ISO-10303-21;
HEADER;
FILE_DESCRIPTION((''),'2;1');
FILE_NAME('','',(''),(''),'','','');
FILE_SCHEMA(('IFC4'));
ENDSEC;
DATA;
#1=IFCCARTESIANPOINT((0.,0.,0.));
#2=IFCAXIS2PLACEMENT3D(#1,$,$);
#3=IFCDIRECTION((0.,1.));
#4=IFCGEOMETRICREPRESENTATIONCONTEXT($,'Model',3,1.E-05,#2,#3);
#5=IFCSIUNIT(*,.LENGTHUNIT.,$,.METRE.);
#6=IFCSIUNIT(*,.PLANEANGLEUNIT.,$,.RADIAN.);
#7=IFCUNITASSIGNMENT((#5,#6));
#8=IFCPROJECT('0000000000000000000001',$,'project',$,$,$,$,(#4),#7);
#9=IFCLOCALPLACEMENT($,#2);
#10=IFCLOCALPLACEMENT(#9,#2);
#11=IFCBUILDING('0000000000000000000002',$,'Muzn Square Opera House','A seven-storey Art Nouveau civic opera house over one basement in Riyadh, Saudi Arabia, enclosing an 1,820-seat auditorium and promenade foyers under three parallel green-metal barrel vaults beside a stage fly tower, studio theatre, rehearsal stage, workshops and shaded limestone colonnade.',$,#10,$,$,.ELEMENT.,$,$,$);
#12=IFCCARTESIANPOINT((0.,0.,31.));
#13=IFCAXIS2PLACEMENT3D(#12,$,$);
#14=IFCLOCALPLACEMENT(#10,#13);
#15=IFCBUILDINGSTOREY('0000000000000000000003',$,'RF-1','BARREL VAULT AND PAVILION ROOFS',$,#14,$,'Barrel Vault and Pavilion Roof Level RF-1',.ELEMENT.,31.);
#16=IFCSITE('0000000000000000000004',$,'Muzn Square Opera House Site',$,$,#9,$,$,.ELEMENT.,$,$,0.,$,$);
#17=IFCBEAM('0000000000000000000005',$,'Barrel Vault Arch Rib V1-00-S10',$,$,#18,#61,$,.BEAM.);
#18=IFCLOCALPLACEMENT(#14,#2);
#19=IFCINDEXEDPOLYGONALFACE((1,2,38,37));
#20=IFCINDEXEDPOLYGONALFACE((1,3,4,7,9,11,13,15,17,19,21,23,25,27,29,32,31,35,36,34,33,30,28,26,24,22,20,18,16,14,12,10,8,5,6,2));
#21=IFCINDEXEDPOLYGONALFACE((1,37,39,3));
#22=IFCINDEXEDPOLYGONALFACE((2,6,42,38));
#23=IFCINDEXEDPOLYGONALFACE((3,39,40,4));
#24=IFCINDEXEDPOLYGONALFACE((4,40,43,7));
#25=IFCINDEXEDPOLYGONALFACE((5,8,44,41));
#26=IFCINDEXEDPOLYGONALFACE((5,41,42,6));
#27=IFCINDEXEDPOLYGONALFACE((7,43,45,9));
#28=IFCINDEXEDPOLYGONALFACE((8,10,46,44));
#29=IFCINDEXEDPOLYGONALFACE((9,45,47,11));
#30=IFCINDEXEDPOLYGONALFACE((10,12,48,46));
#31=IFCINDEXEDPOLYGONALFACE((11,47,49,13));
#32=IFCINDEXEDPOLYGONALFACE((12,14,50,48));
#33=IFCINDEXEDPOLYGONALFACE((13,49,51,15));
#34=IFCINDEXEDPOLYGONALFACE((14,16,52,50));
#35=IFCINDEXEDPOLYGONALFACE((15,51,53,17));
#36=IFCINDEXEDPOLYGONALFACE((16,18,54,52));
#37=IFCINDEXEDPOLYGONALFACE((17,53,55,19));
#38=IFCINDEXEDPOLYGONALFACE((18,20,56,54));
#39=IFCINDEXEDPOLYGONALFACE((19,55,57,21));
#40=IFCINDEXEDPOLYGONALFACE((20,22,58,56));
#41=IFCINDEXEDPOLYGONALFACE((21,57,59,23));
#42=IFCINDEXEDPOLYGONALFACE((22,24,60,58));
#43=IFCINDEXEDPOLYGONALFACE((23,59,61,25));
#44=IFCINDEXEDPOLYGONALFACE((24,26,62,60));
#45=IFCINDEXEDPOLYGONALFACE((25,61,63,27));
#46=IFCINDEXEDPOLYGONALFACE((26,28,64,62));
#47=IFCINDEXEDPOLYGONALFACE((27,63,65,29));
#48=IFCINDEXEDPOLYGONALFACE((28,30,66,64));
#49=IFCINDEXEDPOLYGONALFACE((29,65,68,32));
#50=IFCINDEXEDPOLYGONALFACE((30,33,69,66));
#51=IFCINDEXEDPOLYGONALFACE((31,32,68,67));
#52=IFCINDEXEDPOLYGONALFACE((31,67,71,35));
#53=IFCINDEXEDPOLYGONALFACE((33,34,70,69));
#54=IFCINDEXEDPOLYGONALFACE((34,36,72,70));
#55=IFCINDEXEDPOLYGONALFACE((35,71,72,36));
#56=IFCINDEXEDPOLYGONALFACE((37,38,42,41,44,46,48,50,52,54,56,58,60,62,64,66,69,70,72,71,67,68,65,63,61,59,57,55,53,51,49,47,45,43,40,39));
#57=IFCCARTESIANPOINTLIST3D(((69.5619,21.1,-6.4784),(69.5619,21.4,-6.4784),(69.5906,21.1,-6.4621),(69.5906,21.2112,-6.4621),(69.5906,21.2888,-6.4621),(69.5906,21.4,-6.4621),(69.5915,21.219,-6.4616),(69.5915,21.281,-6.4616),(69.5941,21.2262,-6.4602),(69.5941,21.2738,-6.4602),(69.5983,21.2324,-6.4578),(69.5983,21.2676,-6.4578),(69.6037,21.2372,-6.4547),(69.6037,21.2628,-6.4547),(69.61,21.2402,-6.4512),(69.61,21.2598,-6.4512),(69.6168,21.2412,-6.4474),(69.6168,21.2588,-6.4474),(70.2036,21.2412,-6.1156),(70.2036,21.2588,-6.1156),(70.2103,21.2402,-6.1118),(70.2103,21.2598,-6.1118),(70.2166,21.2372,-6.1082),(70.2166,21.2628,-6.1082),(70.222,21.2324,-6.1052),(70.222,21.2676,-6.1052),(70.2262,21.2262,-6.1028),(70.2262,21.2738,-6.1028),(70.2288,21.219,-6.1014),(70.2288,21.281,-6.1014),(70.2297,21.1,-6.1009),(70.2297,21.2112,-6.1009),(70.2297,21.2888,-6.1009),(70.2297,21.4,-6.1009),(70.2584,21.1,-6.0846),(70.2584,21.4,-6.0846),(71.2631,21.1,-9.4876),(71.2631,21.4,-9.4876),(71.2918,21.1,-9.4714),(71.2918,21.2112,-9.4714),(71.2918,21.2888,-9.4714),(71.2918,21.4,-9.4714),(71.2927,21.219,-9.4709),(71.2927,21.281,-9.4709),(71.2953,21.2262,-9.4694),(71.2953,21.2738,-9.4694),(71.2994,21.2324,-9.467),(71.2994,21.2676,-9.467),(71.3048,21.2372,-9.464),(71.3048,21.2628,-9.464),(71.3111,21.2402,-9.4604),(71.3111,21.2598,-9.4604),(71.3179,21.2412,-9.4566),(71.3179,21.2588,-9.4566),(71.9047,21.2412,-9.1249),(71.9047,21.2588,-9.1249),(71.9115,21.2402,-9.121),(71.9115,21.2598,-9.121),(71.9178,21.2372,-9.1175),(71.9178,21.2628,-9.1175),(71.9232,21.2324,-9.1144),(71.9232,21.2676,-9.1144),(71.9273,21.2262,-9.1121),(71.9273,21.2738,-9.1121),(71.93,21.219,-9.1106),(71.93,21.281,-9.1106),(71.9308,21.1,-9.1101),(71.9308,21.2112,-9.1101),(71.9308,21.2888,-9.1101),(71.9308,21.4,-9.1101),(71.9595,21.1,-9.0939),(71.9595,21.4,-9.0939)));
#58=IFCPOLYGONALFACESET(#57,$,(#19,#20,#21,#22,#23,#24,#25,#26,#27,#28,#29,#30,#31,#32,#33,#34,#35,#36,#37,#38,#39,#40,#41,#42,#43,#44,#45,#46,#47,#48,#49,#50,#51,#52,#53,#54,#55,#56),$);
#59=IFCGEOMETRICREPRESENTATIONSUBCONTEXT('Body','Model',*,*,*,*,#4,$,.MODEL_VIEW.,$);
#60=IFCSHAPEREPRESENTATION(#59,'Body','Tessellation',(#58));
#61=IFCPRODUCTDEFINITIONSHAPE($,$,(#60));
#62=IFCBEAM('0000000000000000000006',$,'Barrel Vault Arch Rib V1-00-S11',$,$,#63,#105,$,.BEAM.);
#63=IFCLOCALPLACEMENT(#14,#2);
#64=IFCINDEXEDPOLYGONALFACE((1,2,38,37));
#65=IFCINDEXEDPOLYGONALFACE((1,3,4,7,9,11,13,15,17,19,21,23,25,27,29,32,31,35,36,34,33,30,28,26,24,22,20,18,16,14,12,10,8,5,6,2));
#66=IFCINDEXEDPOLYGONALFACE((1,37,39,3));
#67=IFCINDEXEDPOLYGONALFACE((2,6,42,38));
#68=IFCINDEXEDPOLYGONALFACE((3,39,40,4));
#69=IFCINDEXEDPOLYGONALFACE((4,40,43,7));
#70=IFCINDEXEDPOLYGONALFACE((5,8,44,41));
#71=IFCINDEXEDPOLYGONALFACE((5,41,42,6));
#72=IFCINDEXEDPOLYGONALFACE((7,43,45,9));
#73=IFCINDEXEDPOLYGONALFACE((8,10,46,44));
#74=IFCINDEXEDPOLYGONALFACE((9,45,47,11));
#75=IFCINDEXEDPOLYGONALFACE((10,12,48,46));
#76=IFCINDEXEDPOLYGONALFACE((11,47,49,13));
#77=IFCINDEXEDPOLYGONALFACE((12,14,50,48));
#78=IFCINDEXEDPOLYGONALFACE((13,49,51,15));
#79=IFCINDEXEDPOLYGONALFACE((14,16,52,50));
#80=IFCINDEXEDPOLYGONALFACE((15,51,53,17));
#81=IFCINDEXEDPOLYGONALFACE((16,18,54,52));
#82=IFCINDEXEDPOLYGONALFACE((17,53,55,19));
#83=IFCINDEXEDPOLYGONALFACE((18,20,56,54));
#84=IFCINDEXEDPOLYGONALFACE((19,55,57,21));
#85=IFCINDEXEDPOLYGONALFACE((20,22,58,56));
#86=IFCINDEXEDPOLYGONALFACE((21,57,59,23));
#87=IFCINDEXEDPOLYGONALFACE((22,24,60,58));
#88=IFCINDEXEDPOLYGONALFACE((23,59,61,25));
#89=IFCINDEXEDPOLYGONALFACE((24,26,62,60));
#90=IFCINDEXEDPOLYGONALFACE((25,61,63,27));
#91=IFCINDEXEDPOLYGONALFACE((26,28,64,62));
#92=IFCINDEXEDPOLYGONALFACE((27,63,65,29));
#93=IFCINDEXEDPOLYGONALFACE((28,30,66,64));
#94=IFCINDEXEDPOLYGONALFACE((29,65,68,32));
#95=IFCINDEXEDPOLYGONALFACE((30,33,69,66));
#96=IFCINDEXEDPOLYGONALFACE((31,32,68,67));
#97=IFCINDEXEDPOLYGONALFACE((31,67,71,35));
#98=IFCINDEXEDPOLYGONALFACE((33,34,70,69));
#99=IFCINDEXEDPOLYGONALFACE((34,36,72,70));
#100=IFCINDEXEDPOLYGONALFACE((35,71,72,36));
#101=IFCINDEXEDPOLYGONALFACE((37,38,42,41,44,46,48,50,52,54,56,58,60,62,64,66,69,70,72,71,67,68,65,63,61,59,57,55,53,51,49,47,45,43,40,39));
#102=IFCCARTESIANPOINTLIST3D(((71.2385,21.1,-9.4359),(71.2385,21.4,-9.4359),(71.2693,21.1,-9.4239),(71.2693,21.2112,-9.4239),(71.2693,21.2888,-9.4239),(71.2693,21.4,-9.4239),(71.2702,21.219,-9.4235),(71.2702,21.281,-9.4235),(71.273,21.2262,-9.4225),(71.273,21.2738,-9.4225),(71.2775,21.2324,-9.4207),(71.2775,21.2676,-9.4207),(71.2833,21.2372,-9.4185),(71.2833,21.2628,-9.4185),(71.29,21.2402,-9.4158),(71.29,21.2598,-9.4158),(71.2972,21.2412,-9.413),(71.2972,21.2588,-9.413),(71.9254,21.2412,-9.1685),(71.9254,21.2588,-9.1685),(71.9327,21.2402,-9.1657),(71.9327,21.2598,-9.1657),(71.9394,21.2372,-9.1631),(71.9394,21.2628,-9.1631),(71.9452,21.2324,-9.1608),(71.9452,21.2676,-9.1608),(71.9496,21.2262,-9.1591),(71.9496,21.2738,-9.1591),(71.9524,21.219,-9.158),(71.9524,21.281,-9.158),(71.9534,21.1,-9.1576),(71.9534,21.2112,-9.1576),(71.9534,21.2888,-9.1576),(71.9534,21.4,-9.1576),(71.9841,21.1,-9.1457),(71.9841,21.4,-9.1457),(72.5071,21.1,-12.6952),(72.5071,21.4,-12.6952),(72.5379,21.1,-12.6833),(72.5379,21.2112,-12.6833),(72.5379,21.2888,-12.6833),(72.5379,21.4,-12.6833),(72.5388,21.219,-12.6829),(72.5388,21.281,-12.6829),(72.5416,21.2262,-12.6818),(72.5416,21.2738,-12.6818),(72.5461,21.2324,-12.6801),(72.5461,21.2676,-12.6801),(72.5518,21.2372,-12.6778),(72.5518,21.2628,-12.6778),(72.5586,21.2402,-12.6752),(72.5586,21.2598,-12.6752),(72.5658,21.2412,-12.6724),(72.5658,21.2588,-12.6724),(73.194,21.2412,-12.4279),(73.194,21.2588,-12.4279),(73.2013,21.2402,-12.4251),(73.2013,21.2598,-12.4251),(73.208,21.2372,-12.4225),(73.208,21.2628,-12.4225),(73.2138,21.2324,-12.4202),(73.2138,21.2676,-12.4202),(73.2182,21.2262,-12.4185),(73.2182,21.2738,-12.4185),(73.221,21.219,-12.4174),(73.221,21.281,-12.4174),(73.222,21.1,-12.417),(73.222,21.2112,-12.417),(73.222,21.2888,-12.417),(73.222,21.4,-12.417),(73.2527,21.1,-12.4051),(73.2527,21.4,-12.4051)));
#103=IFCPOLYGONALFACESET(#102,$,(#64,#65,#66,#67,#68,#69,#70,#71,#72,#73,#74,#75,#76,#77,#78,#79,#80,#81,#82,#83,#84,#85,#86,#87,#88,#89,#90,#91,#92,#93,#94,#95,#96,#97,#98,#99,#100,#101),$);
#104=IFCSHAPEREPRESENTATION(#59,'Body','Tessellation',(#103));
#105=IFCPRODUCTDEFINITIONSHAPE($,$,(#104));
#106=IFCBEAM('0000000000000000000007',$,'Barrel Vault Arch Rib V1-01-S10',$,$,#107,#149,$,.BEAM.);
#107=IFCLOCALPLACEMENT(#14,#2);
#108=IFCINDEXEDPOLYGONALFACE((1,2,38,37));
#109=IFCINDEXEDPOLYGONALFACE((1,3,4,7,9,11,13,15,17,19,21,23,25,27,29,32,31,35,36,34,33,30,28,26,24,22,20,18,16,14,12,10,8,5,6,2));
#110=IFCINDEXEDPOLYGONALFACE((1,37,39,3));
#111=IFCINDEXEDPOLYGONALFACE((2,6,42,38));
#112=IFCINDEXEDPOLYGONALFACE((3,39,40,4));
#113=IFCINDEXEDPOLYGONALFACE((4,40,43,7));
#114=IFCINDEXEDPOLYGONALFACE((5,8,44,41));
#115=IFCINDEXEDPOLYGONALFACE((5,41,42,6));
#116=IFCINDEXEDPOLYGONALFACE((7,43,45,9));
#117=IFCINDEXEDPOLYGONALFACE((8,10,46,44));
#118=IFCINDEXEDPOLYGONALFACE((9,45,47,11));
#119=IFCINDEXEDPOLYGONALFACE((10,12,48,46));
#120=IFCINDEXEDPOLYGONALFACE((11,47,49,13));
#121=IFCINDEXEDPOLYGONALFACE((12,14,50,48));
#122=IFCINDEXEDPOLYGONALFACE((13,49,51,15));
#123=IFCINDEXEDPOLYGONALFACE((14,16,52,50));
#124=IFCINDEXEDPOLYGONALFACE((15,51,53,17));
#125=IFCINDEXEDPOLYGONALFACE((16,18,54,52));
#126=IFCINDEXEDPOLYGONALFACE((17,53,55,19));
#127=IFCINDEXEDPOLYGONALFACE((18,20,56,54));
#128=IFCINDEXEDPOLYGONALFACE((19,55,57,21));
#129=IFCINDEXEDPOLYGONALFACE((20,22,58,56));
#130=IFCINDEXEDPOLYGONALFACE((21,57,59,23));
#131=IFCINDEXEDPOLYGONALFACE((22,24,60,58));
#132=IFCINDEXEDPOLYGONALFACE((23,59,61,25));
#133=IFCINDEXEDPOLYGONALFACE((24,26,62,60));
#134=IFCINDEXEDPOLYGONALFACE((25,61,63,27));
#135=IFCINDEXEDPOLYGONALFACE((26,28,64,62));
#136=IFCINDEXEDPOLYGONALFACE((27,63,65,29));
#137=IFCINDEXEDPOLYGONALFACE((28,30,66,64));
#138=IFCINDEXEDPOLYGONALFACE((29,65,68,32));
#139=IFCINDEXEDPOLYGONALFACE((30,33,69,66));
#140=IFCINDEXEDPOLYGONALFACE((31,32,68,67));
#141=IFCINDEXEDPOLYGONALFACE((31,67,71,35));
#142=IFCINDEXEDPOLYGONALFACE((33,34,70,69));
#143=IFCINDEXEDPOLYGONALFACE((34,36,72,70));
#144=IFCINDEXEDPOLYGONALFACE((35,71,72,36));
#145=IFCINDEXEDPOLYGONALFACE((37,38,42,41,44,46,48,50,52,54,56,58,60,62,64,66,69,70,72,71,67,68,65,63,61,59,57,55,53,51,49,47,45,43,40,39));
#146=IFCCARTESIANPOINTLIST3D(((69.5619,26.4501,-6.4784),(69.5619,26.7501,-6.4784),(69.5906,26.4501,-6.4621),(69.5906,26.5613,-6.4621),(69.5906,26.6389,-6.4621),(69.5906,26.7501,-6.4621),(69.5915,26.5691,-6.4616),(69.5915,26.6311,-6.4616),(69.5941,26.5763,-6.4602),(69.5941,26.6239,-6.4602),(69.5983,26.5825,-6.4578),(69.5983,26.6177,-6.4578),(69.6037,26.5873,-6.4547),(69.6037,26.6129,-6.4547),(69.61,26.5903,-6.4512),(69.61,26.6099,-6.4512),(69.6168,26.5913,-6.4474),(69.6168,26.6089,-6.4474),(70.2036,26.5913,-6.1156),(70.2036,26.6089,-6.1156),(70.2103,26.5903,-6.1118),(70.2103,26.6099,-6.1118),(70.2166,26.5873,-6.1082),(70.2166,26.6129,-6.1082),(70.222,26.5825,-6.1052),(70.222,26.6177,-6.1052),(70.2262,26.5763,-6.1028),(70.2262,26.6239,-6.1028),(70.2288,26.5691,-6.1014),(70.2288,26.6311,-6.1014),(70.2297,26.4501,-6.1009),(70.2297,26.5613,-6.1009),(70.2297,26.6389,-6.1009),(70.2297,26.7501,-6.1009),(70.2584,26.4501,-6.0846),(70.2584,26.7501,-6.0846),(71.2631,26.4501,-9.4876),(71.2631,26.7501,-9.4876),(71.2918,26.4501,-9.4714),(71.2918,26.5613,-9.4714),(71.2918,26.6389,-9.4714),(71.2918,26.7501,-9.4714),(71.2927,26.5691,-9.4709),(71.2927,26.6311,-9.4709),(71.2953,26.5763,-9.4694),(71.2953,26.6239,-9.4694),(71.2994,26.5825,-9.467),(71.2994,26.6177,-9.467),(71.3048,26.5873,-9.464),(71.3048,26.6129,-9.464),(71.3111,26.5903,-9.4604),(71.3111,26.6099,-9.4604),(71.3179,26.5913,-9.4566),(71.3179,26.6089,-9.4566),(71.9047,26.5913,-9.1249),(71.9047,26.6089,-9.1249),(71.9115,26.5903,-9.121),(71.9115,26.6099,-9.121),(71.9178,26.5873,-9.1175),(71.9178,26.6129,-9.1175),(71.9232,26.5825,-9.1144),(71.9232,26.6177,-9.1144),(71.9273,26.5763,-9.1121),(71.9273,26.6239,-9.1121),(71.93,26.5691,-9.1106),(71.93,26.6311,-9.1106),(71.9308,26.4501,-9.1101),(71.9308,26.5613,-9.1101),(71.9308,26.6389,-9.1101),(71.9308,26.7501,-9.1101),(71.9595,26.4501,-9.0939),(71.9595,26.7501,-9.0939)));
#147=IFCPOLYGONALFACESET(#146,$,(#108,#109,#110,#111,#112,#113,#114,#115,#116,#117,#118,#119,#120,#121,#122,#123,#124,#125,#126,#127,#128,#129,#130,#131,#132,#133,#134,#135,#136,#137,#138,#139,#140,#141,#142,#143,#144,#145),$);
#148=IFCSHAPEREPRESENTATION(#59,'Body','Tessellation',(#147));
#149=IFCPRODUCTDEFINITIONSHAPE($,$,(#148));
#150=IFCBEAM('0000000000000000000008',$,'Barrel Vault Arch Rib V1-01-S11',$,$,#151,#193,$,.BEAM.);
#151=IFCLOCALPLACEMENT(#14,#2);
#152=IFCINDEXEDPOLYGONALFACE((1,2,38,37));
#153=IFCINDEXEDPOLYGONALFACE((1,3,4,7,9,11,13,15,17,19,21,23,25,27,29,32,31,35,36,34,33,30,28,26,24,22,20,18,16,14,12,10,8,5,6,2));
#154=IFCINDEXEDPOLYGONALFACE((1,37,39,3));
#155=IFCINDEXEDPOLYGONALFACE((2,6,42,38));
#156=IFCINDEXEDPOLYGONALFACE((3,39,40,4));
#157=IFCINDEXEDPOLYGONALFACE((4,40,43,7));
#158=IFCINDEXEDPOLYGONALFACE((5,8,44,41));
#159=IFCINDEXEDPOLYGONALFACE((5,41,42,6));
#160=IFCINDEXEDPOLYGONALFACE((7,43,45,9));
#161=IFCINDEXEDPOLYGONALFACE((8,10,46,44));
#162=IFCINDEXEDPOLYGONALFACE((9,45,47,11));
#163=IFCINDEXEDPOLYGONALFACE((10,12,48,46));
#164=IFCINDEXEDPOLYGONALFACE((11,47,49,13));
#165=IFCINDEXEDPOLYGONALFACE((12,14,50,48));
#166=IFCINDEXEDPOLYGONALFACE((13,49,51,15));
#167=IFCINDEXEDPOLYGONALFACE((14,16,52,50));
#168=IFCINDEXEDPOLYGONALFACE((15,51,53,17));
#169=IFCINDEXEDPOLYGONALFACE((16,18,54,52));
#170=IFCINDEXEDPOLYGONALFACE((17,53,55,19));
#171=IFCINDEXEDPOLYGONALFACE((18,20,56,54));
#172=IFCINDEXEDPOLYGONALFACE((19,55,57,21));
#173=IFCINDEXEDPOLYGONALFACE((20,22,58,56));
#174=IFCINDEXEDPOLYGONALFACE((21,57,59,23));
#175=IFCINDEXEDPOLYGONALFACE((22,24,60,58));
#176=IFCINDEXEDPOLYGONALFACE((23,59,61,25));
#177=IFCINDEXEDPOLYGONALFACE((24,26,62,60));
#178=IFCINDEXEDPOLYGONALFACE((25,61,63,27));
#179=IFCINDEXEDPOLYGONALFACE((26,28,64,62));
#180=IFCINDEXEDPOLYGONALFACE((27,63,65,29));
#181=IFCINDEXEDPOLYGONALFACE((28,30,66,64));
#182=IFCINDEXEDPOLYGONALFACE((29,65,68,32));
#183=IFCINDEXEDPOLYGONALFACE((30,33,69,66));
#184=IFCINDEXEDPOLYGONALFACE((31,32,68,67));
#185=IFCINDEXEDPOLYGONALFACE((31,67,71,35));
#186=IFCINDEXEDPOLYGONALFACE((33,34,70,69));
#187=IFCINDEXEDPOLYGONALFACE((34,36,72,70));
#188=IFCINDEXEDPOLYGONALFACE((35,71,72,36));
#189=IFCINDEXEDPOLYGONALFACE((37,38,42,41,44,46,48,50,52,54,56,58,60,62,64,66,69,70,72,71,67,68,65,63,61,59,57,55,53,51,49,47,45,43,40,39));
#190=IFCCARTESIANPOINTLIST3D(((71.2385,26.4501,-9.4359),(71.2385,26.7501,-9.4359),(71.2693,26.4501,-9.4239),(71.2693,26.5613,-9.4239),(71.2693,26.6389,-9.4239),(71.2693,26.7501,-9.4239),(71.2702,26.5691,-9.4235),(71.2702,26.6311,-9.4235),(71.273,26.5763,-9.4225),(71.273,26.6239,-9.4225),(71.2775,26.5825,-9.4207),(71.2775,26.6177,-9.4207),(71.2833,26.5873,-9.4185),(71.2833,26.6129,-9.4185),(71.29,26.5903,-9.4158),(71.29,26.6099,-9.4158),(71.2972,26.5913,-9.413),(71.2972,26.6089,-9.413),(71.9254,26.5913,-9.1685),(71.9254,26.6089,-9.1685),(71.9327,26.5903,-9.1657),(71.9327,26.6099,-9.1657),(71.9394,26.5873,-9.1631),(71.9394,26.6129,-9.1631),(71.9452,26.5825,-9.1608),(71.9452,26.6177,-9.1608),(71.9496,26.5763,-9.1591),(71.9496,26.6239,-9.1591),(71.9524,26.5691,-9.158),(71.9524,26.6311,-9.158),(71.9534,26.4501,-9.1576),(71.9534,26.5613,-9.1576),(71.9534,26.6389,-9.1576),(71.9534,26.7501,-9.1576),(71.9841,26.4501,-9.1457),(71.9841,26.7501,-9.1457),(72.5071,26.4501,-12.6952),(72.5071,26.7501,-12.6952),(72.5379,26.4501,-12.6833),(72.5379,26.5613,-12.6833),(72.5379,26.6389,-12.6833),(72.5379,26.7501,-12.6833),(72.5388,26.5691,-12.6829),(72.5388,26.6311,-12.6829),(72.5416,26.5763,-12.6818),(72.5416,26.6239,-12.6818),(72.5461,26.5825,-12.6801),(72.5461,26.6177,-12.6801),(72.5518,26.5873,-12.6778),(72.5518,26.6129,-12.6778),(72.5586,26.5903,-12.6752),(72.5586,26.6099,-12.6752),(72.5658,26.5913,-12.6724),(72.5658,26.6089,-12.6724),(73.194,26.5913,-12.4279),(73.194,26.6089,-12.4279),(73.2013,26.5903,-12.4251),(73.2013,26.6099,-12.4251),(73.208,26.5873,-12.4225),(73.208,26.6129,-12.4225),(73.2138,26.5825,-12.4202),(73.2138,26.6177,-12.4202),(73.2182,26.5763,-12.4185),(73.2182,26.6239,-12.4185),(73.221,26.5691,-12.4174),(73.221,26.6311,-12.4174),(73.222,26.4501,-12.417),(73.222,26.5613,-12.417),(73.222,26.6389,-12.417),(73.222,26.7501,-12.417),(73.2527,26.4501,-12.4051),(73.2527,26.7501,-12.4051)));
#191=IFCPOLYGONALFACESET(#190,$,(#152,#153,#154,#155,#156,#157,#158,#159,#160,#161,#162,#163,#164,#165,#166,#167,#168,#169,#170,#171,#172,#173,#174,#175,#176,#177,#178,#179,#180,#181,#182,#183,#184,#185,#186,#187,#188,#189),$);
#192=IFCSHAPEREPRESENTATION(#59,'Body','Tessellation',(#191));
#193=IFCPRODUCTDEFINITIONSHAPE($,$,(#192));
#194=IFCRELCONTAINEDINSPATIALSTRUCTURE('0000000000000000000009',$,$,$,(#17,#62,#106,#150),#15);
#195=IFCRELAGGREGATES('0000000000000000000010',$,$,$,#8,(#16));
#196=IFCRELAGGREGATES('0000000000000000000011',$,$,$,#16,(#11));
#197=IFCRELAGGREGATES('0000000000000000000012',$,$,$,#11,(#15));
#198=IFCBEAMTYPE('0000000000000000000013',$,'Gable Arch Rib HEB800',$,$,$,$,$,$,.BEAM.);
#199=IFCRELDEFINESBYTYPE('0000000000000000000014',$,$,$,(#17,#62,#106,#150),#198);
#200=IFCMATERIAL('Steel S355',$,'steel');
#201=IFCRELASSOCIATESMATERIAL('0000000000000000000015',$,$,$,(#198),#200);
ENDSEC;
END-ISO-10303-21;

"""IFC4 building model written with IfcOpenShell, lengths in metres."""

from ifc_helpers import new_model, si_unit, direction, frame, origin, origin_2d, place, context, subcontext, project, spatial, i_section, extrude, material, material_profile, profile_set, type_object, element, save


model = new_model("IFC4")

# Units and contexts
model_context = context("Model", 3, precision=1e-05, world=origin(), true_north=direction((0.0, 1.0)))
body_context = subcontext(model_context, "Body", "Model", "MODEL_VIEW")
ifc_project = project(units=[si_unit("LENGTHUNIT", "METRE"), si_unit("PLANEANGLEUNIT", "RADIAN")], contexts=[model_context])

# Site, building, storey
site_placement = place(None, origin())
site = spatial("IfcSite", under=ifc_project, at=site_placement, Name="Muzn Square Opera House Site", CompositionType="ELEMENT", RefElevation=0.0)
building_placement = place(site_placement, origin())
building = spatial("IfcBuilding", under=site, at=building_placement, Name="Muzn Square Opera House", Description="A seven-storey Art Nouveau civic opera house over one basement in Riyadh, Saudi Arabia, enclosing an 1,820-seat auditorium and promenade foyers under three parallel green-metal barrel vaults beside a stage fly tower, studio theatre, rehearsal stage, workshops and shaded limestone colonnade.", CompositionType="ELEMENT")
storey_placement = place(building_placement, frame((0.0, 0.0, 31.0)))
storey = spatial("IfcBuildingStorey", under=building, at=storey_placement, Name="RF-1", Description="BARREL VAULT AND PAVILION ROOFS", LongName="Barrel Vault and Pavilion Roof Level RF-1", CompositionType="ELEMENT", Elevation=31.0)

# Beams
ifc_material_1 = material(Name="Steel S355", Category="steel")
ifc_material_profile_1 = material_profile(ifc_material_1, i_section(OverallWidth=0.3, OverallDepth=0.8, WebThickness=0.0176, FlangeThickness=0.033, FilletRadius=0.03, at=origin_2d()), Name="HEB 800", Category="steel")
ifc_profile_set_1 = profile_set([ifc_material_profile_1], Name="Steel S355")
beam_type_1 = type_object("IfcBeamType", Name="Gable Arch Rib HEB800", PredefinedType="BEAM", material=ifc_profile_set_1)
beam_1_placement = place(storey_placement, frame((69.9102, 21.25, -6.2815), z_axis=(0.492118, 0.0, -0.870529), x_axis=(0.0, 1.0, 0.0)))
element("IfcBeam", 1, at=beam_1_placement, inside=storey, type_object=beam_type_1, Name="Barrel Vault Arch Rib V1-00-S10", PredefinedType="BEAM", context=body_context, shape_type="SweptSolid", body=[
    extrude(i_section(OverallWidth=0.3, OverallDepth=0.8, WebThickness=0.0176, FlangeThickness=0.033, FilletRadius=0.03, at=origin_2d()), origin(), (0.0, 0.0, 1.0), 3.4568),
])
beam_2_placement = place(storey_placement, frame((71.6113, 21.25, -9.2908), z_axis=(0.362709, 0.0, -0.931902), x_axis=(0.0, 1.0, 0.0)))
element("IfcBeam", 2, at=beam_2_placement, inside=storey, type_object=beam_type_1, Name="Barrel Vault Arch Rib V1-00-S11", PredefinedType="BEAM", context=body_context, shape_type="SweptSolid", body=[
    extrude(i_section(OverallWidth=0.3, OverallDepth=0.8, WebThickness=0.0176, FlangeThickness=0.033, FilletRadius=0.03, at=origin_2d()), origin(), (0.0, 0.0, 1.0), 3.4976),
])
beam_3_placement = place(storey_placement, frame((69.9102, 26.6001, -6.2815), z_axis=(0.492118, 0.0, -0.870529), x_axis=(0.0, 1.0, 0.0)))
element("IfcBeam", 3, at=beam_3_placement, inside=storey, type_object=beam_type_1, Name="Barrel Vault Arch Rib V1-01-S10", PredefinedType="BEAM", context=body_context, shape_type="SweptSolid", body=[
    extrude(i_section(OverallWidth=0.3, OverallDepth=0.8, WebThickness=0.0176, FlangeThickness=0.033, FilletRadius=0.03, at=origin_2d()), origin(), (0.0, 0.0, 1.0), 3.4568),
])
for number, where, z_axis, x_axis, name in (
    (4, (71.6113, 26.6001, -9.2908), (0.362709, 0.0, -0.931902), (0.0, 1.0, 0.0), "Barrel Vault Arch Rib V1-01-S11"),
):
    element("IfcBeam", number, at=place(storey_placement, frame(where, z_axis=z_axis, x_axis=x_axis)), inside=storey, type_object=beam_type_1, Name=name, PredefinedType="BEAM", context=body_context, shape_type="SweptSolid", body=[
        extrude(i_section(OverallWidth=0.3, OverallDepth=0.8, WebThickness=0.0176, FlangeThickness=0.033, FilletRadius=0.03, at=origin_2d()), origin(), (0.0, 0.0, 1.0), 3.4976),
    ])

save(model, "model.ifc")
